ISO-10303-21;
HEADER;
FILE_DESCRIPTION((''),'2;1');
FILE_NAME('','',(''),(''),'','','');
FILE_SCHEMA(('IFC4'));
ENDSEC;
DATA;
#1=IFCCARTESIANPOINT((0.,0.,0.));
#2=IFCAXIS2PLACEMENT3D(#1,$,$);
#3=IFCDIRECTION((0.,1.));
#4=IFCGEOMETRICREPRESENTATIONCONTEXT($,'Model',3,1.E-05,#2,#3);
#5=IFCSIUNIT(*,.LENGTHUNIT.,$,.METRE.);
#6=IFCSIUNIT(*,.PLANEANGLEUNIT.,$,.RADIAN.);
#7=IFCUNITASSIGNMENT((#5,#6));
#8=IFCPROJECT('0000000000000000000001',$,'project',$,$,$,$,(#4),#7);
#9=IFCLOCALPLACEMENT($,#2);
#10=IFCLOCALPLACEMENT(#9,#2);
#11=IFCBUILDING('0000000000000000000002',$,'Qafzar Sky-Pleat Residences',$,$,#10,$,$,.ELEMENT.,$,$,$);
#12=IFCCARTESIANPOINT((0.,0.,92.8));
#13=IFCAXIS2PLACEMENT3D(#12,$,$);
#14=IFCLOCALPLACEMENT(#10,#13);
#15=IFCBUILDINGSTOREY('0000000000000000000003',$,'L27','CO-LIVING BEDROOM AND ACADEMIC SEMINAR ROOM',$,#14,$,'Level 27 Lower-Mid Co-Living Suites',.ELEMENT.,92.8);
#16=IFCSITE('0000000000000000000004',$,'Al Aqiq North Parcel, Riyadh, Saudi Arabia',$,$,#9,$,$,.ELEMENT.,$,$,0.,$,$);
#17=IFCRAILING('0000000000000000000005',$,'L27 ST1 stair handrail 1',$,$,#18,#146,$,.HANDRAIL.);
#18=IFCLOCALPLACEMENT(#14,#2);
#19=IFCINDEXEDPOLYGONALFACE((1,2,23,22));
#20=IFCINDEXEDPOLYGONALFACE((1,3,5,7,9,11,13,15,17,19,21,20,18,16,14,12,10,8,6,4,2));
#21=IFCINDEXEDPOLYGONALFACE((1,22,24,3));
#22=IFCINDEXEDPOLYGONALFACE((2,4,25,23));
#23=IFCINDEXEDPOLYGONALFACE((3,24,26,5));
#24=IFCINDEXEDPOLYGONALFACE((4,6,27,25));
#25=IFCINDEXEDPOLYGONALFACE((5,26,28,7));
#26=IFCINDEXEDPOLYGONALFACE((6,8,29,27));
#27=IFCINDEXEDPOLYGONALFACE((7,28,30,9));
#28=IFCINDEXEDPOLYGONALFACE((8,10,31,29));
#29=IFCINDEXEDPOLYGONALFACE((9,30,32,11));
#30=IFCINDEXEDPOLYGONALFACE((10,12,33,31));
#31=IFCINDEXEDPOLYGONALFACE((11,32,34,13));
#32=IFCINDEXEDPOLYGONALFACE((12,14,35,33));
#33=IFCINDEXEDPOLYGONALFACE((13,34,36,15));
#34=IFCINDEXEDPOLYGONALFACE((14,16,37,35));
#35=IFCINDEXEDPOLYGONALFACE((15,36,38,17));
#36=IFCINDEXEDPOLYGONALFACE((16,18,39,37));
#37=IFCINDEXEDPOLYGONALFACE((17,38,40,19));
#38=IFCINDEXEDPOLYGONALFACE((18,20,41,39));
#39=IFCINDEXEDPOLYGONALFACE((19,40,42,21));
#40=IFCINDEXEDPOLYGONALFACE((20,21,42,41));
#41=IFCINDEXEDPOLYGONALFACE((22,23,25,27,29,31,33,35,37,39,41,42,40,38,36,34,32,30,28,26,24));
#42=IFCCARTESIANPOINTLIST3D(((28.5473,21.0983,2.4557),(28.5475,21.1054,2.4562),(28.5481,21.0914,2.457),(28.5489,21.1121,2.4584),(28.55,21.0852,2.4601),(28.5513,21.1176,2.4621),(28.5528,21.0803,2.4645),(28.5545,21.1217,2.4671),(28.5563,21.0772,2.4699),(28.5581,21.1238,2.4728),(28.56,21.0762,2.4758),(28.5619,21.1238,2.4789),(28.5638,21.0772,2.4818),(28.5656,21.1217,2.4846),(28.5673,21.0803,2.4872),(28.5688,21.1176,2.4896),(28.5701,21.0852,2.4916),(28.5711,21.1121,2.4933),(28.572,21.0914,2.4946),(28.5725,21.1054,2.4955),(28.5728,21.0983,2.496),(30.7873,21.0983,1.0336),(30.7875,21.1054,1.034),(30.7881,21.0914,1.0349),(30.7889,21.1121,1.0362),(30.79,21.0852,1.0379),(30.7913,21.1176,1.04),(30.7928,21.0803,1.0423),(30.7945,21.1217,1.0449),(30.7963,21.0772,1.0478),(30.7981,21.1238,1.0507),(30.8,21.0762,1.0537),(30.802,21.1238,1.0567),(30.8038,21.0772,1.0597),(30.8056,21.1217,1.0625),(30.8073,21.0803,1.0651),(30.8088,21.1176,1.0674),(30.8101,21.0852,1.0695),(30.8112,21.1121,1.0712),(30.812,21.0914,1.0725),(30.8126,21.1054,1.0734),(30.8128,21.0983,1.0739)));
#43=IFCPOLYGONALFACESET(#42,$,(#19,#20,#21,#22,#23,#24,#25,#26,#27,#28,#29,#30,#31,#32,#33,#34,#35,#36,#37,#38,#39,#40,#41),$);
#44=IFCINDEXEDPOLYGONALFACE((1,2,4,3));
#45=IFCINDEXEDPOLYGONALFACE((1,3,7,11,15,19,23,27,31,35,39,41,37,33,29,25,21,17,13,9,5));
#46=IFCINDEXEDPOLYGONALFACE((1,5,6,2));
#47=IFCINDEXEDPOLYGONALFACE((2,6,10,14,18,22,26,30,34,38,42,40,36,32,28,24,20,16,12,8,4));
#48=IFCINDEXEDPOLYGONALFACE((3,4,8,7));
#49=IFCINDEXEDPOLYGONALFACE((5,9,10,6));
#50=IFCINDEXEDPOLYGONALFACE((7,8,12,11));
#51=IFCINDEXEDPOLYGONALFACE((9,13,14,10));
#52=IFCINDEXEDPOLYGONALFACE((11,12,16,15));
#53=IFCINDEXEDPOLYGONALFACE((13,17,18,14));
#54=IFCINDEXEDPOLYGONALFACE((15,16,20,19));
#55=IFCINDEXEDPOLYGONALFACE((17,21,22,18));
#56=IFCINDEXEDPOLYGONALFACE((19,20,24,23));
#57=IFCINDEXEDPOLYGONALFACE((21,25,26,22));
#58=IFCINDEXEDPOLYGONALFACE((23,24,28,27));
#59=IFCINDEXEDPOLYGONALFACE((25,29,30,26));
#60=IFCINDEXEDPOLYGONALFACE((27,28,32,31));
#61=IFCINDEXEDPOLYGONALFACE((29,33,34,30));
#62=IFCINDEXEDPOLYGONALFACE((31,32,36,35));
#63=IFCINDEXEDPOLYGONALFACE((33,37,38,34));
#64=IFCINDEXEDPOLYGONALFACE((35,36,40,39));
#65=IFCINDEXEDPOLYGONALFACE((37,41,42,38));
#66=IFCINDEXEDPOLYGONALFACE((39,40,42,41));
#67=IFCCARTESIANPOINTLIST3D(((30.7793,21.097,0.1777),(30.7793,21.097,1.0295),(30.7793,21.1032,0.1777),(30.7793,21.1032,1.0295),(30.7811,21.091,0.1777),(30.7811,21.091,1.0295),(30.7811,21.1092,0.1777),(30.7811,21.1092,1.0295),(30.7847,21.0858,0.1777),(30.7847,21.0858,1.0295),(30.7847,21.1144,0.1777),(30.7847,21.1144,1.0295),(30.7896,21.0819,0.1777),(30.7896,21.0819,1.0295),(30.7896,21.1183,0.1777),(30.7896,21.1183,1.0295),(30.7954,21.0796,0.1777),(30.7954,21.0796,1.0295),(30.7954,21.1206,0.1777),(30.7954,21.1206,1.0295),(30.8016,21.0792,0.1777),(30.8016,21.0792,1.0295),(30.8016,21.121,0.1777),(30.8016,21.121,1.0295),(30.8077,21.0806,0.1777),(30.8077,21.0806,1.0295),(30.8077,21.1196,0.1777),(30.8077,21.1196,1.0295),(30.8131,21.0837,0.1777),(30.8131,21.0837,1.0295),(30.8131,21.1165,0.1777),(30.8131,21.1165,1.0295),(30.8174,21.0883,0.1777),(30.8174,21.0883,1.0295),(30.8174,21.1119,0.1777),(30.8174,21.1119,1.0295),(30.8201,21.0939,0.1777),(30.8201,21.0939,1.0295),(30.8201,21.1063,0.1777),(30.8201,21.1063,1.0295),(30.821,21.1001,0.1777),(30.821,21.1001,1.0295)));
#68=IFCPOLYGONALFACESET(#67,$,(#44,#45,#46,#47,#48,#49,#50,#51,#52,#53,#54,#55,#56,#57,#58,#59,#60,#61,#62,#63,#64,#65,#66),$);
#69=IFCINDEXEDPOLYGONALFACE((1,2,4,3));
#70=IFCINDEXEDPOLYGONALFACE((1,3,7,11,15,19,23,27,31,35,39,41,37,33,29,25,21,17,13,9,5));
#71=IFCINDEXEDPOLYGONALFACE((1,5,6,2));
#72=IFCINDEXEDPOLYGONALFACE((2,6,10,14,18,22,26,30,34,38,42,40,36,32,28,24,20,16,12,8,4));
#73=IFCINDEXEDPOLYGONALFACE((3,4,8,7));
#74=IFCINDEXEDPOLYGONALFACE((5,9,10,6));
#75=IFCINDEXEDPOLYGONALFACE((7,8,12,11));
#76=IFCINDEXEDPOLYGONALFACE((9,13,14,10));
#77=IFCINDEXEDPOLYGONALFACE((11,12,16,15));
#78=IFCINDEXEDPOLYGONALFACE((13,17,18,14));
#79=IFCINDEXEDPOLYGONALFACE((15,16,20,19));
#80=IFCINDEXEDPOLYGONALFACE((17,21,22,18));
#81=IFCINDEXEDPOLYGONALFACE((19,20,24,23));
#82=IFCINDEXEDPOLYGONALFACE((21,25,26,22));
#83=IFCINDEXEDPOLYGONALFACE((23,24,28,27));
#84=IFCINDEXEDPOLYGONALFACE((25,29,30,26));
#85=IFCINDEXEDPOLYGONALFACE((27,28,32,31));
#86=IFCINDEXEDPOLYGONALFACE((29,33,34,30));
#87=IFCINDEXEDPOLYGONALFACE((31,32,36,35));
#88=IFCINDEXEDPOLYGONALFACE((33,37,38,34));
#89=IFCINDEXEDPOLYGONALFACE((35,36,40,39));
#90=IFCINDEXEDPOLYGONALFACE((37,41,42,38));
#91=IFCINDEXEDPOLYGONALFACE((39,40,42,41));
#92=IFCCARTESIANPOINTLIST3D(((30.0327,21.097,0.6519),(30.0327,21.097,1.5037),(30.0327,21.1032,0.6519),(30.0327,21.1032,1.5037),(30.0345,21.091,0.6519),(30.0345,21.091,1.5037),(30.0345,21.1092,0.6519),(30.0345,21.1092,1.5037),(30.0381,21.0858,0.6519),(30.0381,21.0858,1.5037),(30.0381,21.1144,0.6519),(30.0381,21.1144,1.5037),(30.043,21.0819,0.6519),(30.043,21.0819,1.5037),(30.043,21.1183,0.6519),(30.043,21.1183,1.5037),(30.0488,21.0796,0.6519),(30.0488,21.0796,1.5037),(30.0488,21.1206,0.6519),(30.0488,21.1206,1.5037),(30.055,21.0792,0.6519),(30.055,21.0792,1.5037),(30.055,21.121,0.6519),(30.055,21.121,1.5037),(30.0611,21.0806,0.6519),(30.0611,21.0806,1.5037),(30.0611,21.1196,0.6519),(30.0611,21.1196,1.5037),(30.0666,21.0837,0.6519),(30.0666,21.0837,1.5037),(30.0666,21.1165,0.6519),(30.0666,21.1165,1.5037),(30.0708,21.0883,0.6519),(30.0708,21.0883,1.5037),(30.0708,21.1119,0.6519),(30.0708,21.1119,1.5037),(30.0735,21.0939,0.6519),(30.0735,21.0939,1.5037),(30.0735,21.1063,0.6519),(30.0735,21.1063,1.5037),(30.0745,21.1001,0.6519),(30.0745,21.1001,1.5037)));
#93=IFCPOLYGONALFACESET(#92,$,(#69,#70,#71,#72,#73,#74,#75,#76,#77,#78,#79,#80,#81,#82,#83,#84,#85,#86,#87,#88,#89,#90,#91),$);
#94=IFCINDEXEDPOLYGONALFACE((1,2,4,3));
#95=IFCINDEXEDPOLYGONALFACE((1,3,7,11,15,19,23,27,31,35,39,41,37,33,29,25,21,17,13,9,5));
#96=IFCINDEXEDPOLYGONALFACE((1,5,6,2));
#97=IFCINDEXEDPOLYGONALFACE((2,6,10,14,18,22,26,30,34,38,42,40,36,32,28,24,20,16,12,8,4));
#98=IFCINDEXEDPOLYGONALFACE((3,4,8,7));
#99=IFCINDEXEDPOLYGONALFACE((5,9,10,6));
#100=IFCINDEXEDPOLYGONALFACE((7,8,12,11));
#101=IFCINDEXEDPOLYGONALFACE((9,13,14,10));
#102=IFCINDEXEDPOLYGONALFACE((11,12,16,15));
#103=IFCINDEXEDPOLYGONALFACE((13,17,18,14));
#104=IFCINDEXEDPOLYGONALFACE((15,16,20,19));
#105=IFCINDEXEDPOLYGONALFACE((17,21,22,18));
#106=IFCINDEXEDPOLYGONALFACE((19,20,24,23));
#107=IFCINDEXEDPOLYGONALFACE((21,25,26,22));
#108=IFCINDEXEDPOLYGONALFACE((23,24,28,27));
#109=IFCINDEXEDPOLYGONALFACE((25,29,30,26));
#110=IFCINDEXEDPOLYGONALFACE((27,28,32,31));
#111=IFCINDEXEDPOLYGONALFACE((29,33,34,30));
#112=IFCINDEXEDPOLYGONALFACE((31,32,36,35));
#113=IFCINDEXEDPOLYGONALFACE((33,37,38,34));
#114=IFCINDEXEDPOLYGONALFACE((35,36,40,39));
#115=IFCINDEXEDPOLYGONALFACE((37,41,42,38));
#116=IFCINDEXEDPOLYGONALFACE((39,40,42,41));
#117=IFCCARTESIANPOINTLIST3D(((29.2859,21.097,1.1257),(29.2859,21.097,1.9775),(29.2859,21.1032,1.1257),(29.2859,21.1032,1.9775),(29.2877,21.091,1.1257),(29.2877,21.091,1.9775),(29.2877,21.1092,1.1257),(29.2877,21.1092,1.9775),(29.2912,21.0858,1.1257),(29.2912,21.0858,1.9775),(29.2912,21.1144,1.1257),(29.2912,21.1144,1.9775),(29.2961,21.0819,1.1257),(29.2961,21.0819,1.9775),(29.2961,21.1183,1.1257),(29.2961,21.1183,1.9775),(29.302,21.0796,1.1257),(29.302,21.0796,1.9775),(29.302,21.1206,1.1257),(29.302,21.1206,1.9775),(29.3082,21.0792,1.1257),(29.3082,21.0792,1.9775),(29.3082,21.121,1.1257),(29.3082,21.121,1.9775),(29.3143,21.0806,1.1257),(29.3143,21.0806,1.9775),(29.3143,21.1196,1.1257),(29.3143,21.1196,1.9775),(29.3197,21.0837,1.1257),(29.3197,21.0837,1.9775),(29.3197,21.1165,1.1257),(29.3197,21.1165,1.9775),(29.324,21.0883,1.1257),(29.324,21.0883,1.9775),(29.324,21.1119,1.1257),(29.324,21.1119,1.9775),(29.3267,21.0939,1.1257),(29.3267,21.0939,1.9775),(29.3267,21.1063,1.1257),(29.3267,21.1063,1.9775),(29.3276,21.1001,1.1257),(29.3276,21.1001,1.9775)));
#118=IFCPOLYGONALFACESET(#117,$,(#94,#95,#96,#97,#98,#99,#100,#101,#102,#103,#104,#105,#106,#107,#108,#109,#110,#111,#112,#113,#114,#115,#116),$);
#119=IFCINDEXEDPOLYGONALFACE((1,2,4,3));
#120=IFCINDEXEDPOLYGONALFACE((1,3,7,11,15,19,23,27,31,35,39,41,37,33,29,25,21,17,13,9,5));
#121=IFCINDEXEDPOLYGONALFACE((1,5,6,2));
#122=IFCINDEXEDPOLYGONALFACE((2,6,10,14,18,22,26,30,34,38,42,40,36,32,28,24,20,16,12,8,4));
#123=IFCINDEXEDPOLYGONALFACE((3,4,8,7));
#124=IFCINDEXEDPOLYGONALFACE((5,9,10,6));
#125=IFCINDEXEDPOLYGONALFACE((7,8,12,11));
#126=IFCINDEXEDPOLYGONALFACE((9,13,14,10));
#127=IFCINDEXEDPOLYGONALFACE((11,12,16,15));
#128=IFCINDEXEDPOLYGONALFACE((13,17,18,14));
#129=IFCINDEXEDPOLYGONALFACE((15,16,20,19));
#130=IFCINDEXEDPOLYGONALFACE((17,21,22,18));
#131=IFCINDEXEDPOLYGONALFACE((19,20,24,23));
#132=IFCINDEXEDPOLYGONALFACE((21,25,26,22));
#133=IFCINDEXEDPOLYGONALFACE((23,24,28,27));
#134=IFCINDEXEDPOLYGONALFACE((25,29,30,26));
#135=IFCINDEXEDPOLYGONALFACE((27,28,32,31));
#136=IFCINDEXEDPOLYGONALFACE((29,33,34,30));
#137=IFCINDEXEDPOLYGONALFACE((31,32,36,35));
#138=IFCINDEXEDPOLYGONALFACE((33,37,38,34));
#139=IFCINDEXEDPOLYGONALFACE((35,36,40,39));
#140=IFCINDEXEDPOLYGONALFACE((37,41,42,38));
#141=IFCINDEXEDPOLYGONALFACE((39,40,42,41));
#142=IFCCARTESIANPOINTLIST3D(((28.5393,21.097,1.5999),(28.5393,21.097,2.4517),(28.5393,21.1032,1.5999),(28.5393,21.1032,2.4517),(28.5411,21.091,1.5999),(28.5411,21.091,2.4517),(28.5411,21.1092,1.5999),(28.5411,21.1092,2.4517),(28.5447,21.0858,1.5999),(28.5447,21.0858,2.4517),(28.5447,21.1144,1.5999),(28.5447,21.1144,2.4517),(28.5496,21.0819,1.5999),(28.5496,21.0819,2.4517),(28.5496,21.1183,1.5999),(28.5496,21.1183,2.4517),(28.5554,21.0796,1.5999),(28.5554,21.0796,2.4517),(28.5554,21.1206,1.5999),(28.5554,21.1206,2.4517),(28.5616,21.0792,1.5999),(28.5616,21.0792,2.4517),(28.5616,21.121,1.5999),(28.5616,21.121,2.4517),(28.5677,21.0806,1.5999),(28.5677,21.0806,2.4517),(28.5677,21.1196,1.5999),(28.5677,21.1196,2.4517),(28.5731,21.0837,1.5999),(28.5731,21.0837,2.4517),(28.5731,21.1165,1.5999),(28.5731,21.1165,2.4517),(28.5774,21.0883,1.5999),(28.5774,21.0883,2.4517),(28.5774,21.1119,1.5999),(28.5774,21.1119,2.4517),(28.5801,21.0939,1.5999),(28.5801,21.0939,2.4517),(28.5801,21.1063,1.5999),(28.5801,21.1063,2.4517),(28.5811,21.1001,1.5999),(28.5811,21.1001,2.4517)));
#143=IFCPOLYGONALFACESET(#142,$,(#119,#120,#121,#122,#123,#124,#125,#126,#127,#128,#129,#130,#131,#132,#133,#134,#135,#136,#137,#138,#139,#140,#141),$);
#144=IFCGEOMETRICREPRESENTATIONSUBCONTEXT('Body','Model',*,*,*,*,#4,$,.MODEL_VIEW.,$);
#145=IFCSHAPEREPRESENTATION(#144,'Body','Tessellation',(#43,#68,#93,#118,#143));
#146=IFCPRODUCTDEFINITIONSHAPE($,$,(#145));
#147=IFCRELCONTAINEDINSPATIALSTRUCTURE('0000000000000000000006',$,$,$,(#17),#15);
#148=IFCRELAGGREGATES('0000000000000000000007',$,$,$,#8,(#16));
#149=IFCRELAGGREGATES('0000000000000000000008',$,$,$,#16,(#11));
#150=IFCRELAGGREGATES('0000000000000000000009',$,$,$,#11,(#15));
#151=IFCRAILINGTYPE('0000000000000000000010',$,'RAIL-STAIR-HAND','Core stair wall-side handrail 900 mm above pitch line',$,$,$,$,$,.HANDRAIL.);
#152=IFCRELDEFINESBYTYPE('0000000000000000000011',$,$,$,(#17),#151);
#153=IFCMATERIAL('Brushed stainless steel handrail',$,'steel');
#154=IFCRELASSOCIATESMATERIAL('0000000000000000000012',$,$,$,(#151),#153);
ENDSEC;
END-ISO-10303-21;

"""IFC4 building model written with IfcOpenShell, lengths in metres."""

from ifc_helpers import new_model, si_unit, direction, frame, origin, origin_2d, place, context, subcontext, project, spatial, circle, extrude, source, transform, mapped, material, type_object, element, save


model = new_model("IFC4")

# Units and contexts
model_context = context("Model", 3, precision=1e-05, world=origin(), true_north=direction((0.0, 1.0)))
body_context = subcontext(model_context, "Body", "Model", "MODEL_VIEW")
ifc_project = project(units=[si_unit("LENGTHUNIT", "METRE"), si_unit("PLANEANGLEUNIT", "RADIAN")], contexts=[model_context])

# Site, building, storey
site_placement = place(None, origin())
site = spatial("IfcSite", under=ifc_project, at=site_placement, Name="Al Aqiq North Parcel, Riyadh, Saudi Arabia", CompositionType="ELEMENT", RefElevation=0.0)
building_placement = place(site_placement, origin())
building = spatial("IfcBuilding", under=site, at=building_placement, Name="Qafzar Sky-Pleat Residences", CompositionType="ELEMENT")
storey_placement = place(building_placement, frame((0.0, 0.0, 92.8)))
storey = spatial("IfcBuildingStorey", under=building, at=storey_placement, Name="L27", Description="CO-LIVING BEDROOM AND ACADEMIC SEMINAR ROOM", LongName="Level 27 Lower-Mid Co-Living Suites", CompositionType="ELEMENT", Elevation=92.8)

# Railing
ifc_material_1 = material(Name="Brushed stainless steel handrail", Category="steel")
railing_type_1 = type_object("IfcRailingType", Name="RAIL-STAIR-HAND", Description="Core stair wall-side handrail 900 mm above pitch line", PredefinedType="HANDRAIL", material=ifc_material_1)
shared_shape_1 = source(origin(), body_context, "Body", "SweptSolid", [
    extrude(circle(Radius=0.0239, at=origin_2d()), frame((0.0, 0.0, 0.876), z_axis=(-0.844229, 0.0, 0.535982), x_axis=(0.0, -1.0, 0.0)), (0.0, 0.0, 1.0), 2.6533),
    extrude(circle(Radius=0.021, at=origin_2d()), origin(), (0.0, 0.0, 1.0), 0.8518),
    extrude(circle(Radius=0.021, at=origin_2d()), frame((-0.7466, 0.0, 0.4741)), (0.0, 0.0, 1.0), 0.8518),
    extrude(circle(Radius=0.021, at=origin_2d()), frame((-1.4934, 0.0, 0.948)), (0.0, 0.0, 1.0), 0.8518),
    extrude(circle(Radius=0.021, at=origin_2d()), frame((-2.24, 0.0, 1.4221)), (0.0, 0.0, 1.0), 0.8518),
])
railing_1_placement = place(storey_placement, frame((30.8, 21.1001, 0.1777)))
element("IfcRailing", 1, at=railing_1_placement, inside=storey, type_object=railing_type_1, Name="L27 ST1 stair handrail 1", PredefinedType="HANDRAIL", context=body_context, shape_type="MappedRepresentation", body=[
    mapped(shared_shape_1, transform((0.0, 0.0, 0.0), x_axis=(1.0, 0.0, 0.0), y_axis=(0.0, 1.0, 0.0), z_axis=(0.0, 0.0, 1.0), scale=1.0)),
])

save(model, "model.ifc")
